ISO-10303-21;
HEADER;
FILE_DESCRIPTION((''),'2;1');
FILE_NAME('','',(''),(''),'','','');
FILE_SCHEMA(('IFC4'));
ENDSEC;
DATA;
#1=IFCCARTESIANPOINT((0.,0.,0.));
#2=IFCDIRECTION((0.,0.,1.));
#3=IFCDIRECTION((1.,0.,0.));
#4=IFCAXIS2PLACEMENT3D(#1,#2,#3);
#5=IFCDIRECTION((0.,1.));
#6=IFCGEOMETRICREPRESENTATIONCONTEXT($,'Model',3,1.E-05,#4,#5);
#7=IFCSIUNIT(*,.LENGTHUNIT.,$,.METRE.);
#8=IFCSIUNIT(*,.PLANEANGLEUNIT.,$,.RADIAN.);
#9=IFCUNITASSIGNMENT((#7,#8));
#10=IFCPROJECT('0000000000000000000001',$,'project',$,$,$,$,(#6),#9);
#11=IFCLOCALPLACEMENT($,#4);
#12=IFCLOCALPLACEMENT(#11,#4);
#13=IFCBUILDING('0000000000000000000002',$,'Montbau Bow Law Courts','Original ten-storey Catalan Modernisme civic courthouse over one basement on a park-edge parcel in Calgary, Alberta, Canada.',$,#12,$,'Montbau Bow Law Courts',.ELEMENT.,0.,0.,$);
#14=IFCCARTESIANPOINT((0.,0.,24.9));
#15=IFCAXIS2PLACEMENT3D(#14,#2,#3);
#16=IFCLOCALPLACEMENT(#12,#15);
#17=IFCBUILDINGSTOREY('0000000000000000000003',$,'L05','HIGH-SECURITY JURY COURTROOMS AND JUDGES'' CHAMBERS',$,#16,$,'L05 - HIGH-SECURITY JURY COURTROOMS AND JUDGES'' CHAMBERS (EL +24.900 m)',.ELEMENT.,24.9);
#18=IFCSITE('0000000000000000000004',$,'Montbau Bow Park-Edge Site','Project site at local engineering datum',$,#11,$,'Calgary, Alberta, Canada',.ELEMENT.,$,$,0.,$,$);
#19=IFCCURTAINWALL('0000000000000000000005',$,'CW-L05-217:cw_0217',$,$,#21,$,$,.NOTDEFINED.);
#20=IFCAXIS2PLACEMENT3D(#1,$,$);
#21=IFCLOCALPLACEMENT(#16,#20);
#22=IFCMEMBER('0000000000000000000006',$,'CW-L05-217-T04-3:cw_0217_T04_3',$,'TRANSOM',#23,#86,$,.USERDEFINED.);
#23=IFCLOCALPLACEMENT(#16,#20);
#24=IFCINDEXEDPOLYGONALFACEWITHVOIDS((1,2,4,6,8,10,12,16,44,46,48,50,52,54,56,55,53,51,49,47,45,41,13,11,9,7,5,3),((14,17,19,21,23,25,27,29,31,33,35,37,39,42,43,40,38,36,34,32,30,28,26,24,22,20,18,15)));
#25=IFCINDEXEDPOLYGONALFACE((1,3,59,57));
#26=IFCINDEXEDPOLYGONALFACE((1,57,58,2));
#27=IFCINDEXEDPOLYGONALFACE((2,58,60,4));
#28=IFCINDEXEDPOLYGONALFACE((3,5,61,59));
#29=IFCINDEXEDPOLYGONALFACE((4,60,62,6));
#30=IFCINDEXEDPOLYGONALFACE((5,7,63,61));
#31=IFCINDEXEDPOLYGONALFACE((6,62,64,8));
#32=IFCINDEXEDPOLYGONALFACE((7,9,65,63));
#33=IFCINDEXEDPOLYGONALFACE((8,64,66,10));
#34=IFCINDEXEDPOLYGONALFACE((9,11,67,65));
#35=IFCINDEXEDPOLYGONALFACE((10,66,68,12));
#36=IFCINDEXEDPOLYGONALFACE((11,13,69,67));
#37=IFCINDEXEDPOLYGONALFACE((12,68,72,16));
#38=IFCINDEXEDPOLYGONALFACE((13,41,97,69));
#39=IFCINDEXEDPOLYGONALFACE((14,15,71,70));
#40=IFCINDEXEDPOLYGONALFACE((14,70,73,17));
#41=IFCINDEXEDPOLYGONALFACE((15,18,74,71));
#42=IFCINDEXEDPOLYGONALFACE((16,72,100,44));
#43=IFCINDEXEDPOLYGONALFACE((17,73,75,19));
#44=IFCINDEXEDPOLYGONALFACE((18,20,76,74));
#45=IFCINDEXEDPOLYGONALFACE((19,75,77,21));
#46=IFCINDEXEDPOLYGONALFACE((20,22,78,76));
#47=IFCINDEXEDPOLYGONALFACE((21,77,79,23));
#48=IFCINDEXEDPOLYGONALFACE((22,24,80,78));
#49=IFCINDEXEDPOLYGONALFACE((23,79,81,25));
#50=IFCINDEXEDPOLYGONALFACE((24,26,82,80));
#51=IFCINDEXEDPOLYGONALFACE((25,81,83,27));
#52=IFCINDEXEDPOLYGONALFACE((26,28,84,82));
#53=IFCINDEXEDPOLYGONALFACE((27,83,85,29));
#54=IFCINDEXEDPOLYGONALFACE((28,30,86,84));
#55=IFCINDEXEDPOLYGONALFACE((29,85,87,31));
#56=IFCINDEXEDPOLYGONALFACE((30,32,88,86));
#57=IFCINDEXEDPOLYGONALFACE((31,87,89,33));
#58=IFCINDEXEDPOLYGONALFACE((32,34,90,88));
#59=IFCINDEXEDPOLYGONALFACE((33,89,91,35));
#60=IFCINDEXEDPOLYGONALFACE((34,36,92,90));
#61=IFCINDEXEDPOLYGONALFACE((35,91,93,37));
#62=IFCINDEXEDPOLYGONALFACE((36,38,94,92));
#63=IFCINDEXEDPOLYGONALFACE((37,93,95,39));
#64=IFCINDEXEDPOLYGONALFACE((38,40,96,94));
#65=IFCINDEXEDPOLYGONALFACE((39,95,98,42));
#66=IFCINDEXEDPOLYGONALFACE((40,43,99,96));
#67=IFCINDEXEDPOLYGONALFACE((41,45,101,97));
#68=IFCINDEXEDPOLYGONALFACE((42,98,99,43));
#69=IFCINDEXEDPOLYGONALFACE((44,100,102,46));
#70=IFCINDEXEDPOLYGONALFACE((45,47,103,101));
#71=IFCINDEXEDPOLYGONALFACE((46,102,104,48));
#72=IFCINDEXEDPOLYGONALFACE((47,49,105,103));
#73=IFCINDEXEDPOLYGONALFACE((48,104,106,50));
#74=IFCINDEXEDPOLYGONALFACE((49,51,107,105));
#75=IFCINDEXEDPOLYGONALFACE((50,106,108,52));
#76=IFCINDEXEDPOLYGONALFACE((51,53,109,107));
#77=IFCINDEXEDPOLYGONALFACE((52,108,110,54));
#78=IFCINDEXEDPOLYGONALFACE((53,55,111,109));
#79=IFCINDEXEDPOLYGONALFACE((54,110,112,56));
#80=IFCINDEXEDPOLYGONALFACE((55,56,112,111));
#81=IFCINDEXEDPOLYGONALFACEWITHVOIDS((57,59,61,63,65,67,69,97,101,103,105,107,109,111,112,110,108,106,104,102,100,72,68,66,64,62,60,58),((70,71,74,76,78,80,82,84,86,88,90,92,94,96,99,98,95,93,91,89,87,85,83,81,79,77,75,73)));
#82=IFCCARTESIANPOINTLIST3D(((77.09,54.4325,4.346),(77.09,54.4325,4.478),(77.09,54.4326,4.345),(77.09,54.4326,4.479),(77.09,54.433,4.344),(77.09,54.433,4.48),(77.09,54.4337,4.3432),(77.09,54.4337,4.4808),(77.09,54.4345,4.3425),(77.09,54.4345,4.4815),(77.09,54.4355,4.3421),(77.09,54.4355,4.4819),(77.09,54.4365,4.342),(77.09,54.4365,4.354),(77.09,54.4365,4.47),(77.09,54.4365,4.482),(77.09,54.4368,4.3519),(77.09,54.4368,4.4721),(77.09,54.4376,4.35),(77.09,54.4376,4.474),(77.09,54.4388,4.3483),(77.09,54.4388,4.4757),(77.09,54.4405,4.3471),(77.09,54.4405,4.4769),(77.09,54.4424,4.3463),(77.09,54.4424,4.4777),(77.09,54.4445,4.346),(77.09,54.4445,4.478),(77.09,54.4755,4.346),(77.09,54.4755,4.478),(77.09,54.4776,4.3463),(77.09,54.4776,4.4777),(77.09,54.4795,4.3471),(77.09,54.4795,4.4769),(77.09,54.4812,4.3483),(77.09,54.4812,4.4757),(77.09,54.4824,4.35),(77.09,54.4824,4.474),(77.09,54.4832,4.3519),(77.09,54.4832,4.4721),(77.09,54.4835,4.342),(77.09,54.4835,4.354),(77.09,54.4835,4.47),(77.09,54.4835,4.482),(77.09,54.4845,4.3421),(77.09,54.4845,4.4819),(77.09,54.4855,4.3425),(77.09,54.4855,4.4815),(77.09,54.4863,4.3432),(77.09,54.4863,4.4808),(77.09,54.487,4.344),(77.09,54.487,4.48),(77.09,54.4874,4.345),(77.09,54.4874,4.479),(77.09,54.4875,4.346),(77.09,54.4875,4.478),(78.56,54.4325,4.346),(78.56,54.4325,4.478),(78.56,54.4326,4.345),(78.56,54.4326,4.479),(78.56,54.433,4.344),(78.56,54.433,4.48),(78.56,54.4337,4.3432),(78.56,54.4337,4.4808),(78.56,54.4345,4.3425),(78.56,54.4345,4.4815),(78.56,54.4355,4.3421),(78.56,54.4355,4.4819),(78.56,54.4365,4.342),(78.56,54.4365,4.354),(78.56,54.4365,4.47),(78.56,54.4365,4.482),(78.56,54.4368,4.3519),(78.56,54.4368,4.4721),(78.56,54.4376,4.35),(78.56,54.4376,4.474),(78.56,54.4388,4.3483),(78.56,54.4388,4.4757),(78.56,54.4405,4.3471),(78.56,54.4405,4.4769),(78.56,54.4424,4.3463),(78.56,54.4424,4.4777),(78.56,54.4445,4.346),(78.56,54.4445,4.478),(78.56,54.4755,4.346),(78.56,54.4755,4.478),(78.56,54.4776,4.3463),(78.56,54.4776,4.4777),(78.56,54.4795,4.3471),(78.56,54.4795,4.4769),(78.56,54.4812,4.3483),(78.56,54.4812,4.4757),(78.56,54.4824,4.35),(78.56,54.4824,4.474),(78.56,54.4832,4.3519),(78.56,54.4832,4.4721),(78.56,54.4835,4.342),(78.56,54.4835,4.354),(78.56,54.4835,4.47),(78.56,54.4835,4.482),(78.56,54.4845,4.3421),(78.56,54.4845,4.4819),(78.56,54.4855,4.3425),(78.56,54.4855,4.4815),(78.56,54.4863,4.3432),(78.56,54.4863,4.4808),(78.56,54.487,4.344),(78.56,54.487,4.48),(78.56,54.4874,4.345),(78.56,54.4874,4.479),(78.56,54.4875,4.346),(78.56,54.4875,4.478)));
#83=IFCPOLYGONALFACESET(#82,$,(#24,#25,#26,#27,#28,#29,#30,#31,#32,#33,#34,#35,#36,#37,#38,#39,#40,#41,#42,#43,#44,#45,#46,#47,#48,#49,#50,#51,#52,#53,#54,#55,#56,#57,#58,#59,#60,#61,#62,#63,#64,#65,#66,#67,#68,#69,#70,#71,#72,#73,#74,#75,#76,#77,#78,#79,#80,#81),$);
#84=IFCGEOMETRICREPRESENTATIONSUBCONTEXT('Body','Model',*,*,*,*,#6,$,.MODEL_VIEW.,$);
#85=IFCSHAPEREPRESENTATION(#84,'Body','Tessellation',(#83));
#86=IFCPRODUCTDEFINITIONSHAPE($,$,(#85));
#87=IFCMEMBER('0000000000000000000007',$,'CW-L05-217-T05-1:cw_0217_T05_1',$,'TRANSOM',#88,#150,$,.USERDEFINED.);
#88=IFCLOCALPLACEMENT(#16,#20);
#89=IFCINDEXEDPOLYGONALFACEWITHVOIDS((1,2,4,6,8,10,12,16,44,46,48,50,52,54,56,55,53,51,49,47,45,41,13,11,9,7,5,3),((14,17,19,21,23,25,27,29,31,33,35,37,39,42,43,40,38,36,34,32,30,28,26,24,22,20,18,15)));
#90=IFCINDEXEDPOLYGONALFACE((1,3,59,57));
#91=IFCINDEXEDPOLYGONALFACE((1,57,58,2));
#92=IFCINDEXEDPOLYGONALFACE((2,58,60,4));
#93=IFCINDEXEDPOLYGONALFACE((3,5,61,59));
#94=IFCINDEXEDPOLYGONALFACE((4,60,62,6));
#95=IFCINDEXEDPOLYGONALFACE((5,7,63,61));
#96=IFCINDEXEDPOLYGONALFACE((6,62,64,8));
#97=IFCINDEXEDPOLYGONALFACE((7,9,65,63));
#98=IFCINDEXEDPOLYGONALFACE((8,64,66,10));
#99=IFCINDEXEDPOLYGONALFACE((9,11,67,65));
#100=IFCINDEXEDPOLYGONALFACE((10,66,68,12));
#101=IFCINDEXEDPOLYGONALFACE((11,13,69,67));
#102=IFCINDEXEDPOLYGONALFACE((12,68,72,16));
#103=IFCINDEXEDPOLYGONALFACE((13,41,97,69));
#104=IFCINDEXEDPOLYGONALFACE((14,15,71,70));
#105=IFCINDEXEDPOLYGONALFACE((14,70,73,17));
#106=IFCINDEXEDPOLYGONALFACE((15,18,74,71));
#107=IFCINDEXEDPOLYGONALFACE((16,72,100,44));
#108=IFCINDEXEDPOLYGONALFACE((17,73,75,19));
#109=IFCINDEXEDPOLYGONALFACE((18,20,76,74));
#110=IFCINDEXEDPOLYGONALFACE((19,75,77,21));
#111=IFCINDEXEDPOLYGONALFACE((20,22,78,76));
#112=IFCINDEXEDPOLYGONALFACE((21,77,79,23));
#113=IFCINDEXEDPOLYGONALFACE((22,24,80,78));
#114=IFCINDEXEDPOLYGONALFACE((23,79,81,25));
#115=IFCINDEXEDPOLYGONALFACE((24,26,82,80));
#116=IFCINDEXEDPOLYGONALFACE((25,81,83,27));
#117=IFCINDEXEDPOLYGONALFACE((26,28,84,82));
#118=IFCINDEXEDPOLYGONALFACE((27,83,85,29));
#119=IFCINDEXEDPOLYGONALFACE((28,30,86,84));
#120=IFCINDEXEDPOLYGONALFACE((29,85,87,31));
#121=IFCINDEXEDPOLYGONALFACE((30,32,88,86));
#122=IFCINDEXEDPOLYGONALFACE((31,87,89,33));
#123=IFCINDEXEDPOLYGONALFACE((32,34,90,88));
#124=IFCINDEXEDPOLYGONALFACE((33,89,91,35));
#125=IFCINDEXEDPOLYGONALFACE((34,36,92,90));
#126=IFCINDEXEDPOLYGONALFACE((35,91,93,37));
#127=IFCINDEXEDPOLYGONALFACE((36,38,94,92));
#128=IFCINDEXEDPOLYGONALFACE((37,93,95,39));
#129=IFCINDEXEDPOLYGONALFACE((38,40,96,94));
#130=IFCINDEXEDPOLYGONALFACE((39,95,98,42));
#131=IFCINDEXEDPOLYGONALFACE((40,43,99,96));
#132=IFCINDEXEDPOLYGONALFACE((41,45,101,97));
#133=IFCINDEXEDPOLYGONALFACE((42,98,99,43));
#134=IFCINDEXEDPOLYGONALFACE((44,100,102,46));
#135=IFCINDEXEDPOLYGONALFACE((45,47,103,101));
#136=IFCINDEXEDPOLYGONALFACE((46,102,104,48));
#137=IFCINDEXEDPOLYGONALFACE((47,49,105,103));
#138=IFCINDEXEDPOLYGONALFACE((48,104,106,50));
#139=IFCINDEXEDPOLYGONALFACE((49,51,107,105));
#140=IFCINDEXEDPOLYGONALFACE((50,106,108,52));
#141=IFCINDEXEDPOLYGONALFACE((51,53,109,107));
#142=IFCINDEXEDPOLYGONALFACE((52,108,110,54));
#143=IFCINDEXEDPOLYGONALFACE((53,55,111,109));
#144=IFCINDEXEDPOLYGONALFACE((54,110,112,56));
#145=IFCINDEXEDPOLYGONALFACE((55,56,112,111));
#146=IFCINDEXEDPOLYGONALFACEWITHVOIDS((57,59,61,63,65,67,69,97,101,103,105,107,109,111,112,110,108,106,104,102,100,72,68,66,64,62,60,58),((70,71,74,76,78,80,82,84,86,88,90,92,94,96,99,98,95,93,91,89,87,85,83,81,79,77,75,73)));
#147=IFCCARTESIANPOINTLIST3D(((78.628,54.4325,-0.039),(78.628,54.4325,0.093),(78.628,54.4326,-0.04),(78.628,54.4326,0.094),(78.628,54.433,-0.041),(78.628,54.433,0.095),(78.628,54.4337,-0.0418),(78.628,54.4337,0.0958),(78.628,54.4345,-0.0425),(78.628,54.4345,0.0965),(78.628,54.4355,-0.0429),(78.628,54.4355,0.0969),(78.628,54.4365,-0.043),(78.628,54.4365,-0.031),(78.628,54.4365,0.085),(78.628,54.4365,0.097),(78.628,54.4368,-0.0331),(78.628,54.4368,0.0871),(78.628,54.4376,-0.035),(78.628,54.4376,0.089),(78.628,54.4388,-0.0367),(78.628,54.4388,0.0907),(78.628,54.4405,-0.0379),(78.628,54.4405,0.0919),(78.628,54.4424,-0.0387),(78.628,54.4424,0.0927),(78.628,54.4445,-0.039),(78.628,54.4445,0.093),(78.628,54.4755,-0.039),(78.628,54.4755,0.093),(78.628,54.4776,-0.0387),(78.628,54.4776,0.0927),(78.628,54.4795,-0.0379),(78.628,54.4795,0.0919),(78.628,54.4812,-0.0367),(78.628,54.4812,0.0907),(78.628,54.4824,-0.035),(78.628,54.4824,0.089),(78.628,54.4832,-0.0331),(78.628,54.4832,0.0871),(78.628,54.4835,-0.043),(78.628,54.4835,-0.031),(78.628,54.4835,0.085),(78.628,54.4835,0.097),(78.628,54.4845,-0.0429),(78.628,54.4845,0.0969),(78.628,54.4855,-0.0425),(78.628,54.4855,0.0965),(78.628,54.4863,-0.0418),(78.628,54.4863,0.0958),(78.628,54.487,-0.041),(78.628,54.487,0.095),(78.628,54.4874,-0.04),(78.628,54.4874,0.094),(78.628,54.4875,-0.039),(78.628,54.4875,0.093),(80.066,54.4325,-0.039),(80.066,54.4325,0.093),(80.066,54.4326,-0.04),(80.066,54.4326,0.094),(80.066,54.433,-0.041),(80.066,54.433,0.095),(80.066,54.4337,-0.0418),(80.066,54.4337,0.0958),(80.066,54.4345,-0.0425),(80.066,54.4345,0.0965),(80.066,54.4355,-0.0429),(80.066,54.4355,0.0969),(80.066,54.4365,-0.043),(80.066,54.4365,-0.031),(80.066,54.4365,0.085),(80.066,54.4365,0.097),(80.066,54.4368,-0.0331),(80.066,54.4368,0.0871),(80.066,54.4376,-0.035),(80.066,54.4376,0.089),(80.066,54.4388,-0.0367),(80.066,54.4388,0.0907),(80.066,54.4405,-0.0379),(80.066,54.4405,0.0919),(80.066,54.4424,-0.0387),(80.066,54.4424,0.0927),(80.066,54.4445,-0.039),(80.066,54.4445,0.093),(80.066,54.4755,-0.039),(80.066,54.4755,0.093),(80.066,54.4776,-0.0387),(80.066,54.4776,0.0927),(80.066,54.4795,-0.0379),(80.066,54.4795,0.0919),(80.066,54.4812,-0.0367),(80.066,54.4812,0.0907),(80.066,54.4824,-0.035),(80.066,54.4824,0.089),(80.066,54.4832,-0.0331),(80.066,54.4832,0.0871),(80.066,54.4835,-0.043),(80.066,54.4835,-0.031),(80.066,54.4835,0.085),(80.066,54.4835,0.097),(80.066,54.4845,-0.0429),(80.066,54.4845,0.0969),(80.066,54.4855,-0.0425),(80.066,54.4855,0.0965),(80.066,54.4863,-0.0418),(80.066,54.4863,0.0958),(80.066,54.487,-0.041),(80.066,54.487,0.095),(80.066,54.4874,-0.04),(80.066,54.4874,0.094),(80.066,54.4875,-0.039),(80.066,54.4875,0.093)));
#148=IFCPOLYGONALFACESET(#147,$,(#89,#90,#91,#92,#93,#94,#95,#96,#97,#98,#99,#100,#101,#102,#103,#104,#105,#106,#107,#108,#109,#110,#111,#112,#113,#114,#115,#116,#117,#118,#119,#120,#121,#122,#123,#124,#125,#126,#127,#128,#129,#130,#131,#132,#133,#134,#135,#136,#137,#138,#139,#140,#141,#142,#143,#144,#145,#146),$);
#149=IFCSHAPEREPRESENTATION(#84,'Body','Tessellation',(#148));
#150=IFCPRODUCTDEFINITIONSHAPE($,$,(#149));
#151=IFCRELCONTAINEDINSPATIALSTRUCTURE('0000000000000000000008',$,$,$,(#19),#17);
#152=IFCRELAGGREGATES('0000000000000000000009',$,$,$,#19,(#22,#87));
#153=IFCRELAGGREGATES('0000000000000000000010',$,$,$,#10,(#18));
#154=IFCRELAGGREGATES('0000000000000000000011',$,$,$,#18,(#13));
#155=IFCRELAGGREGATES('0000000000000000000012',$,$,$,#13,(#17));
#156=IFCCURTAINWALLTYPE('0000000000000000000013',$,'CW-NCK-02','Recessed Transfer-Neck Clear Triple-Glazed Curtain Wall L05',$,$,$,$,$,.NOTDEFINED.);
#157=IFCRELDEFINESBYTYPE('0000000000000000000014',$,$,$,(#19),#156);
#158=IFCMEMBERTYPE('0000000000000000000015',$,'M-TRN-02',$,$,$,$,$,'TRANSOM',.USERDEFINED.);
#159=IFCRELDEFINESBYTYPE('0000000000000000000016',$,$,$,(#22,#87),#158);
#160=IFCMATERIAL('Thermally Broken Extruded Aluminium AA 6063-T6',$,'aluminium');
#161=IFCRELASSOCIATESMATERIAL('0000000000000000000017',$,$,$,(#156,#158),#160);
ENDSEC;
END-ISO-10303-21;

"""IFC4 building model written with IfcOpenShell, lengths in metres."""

from ifc_helpers import new_model, si_unit, direction, frame, origin_with_axes, origin_2d_with_axis, place, context, subcontext, project, spatial, hollow_rectangle, extrude, material, material_profile, profile_set, type_object, element, aggregate, save


model = new_model("IFC4")

# Units and contexts
model_context = context("Model", 3, precision=1e-05, world=origin_with_axes(), true_north=direction((0.0, 1.0)))
body_context = subcontext(model_context, "Body", "Model", "MODEL_VIEW")
ifc_project = project(units=[si_unit("LENGTHUNIT", "METRE"), si_unit("PLANEANGLEUNIT", "RADIAN")], contexts=[model_context])

# Site, building, storey
site_placement = place(None, origin_with_axes())
site = spatial("IfcSite", under=ifc_project, at=site_placement, Name="Montbau Bow Park-Edge Site", Description="Project site at local engineering datum", LongName="Calgary, Alberta, Canada", CompositionType="ELEMENT", RefElevation=0.0)
building_placement = place(site_placement, origin_with_axes())
building = spatial("IfcBuilding", under=site, at=building_placement, Name="Montbau Bow Law Courts", Description="Original ten-storey Catalan Modernisme civic courthouse over one basement on a park-edge parcel in Calgary, Alberta, Canada.", LongName="Montbau Bow Law Courts", CompositionType="ELEMENT", ElevationOfRefHeight=0.0, ElevationOfTerrain=0.0)
storey_placement = place(building_placement, frame((0.0, 0.0, 24.9), z_axis=(0.0, 0.0, 1.0), x_axis=(1.0, 0.0, 0.0)))
storey = spatial("IfcBuildingStorey", under=building, at=storey_placement, Name="L05", Description="HIGH-SECURITY JURY COURTROOMS AND JUDGES' CHAMBERS", LongName="L05 - HIGH-SECURITY JURY COURTROOMS AND JUDGES' CHAMBERS (EL +24.900 m)", CompositionType="ELEMENT", Elevation=24.9)

# Curtain wall
ifc_material_1 = material(Name="Thermally Broken Extruded Aluminium AA 6063-T6", Category="aluminium")
curtain_wall_type = type_object("IfcCurtainWallType", Name="CW-NCK-02", Description="Recessed Transfer-Neck Clear Triple-Glazed Curtain Wall L05", PredefinedType="NOTDEFINED", material=ifc_material_1)
curtain_wall_1_placement = place(None, frame((72.44, 54.46, 24.9), z_axis=(0.0, 0.0, 1.0), x_axis=(1.0, 0.0, 0.0)))
curtain_wall_1 = element("IfcCurtainWall", 1, at=curtain_wall_1_placement, inside=storey, type_object=curtain_wall_type, Name="CW-L05-217:cw_0217", PredefinedType="NOTDEFINED")

# Members
ifc_material_profile_1 = material_profile(ifc_material_1, hollow_rectangle(XDim=0.055, YDim=0.14, WallThickness=0.004, InnerFilletRadius=0.008, OuterFilletRadius=0.004, at=origin_2d_with_axis()), Name="CWT-140X55", Category="Main", Priority=0)
ifc_profile_set_1 = profile_set([ifc_material_profile_1], Name="Thermally Broken Extruded Aluminium AA 6063-T6")
member_type_1 = type_object("IfcMemberType", Name="M-TRN-02", ElementType="TRANSOM", PredefinedType="USERDEFINED", material=ifc_profile_set_1)
member_1_placement = place(None, frame((77.09, 54.46, 29.312), z_axis=(1.0, 0.0, 0.0), x_axis=(0.0, 1.0, 0.0)))
member_1 = element("IfcMember", 2, at=member_1_placement, type_object=member_type_1, Name="CW-L05-217-T04-3:cw_0217_T04_3", ObjectType="TRANSOM", PredefinedType="USERDEFINED", context=body_context, shape_type="SweptSolid", body=[
    extrude(hollow_rectangle(XDim=0.055, YDim=0.14, WallThickness=0.004, InnerFilletRadius=0.008, OuterFilletRadius=0.004, at=origin_2d_with_axis()), origin_with_axes(), (0.0, 0.0, 1.0), 1.47),
])
member_2_placement = place(None, frame((78.628, 54.46, 24.927), z_axis=(1.0, 0.0, 0.0), x_axis=(0.0, 1.0, 0.0)))
member_2 = element("IfcMember", 3, at=member_2_placement, type_object=member_type_1, Name="CW-L05-217-T05-1:cw_0217_T05_1", ObjectType="TRANSOM", PredefinedType="USERDEFINED", context=body_context, shape_type="SweptSolid", body=[
    extrude(hollow_rectangle(XDim=0.055, YDim=0.14, WallThickness=0.004, InnerFilletRadius=0.008, OuterFilletRadius=0.004, at=origin_2d_with_axis()), origin_with_axes(), (0.0, 0.0, 1.0), 1.438),
])

aggregate(curtain_wall_1, [member_1, member_2])

save(model, "model.ifc")
